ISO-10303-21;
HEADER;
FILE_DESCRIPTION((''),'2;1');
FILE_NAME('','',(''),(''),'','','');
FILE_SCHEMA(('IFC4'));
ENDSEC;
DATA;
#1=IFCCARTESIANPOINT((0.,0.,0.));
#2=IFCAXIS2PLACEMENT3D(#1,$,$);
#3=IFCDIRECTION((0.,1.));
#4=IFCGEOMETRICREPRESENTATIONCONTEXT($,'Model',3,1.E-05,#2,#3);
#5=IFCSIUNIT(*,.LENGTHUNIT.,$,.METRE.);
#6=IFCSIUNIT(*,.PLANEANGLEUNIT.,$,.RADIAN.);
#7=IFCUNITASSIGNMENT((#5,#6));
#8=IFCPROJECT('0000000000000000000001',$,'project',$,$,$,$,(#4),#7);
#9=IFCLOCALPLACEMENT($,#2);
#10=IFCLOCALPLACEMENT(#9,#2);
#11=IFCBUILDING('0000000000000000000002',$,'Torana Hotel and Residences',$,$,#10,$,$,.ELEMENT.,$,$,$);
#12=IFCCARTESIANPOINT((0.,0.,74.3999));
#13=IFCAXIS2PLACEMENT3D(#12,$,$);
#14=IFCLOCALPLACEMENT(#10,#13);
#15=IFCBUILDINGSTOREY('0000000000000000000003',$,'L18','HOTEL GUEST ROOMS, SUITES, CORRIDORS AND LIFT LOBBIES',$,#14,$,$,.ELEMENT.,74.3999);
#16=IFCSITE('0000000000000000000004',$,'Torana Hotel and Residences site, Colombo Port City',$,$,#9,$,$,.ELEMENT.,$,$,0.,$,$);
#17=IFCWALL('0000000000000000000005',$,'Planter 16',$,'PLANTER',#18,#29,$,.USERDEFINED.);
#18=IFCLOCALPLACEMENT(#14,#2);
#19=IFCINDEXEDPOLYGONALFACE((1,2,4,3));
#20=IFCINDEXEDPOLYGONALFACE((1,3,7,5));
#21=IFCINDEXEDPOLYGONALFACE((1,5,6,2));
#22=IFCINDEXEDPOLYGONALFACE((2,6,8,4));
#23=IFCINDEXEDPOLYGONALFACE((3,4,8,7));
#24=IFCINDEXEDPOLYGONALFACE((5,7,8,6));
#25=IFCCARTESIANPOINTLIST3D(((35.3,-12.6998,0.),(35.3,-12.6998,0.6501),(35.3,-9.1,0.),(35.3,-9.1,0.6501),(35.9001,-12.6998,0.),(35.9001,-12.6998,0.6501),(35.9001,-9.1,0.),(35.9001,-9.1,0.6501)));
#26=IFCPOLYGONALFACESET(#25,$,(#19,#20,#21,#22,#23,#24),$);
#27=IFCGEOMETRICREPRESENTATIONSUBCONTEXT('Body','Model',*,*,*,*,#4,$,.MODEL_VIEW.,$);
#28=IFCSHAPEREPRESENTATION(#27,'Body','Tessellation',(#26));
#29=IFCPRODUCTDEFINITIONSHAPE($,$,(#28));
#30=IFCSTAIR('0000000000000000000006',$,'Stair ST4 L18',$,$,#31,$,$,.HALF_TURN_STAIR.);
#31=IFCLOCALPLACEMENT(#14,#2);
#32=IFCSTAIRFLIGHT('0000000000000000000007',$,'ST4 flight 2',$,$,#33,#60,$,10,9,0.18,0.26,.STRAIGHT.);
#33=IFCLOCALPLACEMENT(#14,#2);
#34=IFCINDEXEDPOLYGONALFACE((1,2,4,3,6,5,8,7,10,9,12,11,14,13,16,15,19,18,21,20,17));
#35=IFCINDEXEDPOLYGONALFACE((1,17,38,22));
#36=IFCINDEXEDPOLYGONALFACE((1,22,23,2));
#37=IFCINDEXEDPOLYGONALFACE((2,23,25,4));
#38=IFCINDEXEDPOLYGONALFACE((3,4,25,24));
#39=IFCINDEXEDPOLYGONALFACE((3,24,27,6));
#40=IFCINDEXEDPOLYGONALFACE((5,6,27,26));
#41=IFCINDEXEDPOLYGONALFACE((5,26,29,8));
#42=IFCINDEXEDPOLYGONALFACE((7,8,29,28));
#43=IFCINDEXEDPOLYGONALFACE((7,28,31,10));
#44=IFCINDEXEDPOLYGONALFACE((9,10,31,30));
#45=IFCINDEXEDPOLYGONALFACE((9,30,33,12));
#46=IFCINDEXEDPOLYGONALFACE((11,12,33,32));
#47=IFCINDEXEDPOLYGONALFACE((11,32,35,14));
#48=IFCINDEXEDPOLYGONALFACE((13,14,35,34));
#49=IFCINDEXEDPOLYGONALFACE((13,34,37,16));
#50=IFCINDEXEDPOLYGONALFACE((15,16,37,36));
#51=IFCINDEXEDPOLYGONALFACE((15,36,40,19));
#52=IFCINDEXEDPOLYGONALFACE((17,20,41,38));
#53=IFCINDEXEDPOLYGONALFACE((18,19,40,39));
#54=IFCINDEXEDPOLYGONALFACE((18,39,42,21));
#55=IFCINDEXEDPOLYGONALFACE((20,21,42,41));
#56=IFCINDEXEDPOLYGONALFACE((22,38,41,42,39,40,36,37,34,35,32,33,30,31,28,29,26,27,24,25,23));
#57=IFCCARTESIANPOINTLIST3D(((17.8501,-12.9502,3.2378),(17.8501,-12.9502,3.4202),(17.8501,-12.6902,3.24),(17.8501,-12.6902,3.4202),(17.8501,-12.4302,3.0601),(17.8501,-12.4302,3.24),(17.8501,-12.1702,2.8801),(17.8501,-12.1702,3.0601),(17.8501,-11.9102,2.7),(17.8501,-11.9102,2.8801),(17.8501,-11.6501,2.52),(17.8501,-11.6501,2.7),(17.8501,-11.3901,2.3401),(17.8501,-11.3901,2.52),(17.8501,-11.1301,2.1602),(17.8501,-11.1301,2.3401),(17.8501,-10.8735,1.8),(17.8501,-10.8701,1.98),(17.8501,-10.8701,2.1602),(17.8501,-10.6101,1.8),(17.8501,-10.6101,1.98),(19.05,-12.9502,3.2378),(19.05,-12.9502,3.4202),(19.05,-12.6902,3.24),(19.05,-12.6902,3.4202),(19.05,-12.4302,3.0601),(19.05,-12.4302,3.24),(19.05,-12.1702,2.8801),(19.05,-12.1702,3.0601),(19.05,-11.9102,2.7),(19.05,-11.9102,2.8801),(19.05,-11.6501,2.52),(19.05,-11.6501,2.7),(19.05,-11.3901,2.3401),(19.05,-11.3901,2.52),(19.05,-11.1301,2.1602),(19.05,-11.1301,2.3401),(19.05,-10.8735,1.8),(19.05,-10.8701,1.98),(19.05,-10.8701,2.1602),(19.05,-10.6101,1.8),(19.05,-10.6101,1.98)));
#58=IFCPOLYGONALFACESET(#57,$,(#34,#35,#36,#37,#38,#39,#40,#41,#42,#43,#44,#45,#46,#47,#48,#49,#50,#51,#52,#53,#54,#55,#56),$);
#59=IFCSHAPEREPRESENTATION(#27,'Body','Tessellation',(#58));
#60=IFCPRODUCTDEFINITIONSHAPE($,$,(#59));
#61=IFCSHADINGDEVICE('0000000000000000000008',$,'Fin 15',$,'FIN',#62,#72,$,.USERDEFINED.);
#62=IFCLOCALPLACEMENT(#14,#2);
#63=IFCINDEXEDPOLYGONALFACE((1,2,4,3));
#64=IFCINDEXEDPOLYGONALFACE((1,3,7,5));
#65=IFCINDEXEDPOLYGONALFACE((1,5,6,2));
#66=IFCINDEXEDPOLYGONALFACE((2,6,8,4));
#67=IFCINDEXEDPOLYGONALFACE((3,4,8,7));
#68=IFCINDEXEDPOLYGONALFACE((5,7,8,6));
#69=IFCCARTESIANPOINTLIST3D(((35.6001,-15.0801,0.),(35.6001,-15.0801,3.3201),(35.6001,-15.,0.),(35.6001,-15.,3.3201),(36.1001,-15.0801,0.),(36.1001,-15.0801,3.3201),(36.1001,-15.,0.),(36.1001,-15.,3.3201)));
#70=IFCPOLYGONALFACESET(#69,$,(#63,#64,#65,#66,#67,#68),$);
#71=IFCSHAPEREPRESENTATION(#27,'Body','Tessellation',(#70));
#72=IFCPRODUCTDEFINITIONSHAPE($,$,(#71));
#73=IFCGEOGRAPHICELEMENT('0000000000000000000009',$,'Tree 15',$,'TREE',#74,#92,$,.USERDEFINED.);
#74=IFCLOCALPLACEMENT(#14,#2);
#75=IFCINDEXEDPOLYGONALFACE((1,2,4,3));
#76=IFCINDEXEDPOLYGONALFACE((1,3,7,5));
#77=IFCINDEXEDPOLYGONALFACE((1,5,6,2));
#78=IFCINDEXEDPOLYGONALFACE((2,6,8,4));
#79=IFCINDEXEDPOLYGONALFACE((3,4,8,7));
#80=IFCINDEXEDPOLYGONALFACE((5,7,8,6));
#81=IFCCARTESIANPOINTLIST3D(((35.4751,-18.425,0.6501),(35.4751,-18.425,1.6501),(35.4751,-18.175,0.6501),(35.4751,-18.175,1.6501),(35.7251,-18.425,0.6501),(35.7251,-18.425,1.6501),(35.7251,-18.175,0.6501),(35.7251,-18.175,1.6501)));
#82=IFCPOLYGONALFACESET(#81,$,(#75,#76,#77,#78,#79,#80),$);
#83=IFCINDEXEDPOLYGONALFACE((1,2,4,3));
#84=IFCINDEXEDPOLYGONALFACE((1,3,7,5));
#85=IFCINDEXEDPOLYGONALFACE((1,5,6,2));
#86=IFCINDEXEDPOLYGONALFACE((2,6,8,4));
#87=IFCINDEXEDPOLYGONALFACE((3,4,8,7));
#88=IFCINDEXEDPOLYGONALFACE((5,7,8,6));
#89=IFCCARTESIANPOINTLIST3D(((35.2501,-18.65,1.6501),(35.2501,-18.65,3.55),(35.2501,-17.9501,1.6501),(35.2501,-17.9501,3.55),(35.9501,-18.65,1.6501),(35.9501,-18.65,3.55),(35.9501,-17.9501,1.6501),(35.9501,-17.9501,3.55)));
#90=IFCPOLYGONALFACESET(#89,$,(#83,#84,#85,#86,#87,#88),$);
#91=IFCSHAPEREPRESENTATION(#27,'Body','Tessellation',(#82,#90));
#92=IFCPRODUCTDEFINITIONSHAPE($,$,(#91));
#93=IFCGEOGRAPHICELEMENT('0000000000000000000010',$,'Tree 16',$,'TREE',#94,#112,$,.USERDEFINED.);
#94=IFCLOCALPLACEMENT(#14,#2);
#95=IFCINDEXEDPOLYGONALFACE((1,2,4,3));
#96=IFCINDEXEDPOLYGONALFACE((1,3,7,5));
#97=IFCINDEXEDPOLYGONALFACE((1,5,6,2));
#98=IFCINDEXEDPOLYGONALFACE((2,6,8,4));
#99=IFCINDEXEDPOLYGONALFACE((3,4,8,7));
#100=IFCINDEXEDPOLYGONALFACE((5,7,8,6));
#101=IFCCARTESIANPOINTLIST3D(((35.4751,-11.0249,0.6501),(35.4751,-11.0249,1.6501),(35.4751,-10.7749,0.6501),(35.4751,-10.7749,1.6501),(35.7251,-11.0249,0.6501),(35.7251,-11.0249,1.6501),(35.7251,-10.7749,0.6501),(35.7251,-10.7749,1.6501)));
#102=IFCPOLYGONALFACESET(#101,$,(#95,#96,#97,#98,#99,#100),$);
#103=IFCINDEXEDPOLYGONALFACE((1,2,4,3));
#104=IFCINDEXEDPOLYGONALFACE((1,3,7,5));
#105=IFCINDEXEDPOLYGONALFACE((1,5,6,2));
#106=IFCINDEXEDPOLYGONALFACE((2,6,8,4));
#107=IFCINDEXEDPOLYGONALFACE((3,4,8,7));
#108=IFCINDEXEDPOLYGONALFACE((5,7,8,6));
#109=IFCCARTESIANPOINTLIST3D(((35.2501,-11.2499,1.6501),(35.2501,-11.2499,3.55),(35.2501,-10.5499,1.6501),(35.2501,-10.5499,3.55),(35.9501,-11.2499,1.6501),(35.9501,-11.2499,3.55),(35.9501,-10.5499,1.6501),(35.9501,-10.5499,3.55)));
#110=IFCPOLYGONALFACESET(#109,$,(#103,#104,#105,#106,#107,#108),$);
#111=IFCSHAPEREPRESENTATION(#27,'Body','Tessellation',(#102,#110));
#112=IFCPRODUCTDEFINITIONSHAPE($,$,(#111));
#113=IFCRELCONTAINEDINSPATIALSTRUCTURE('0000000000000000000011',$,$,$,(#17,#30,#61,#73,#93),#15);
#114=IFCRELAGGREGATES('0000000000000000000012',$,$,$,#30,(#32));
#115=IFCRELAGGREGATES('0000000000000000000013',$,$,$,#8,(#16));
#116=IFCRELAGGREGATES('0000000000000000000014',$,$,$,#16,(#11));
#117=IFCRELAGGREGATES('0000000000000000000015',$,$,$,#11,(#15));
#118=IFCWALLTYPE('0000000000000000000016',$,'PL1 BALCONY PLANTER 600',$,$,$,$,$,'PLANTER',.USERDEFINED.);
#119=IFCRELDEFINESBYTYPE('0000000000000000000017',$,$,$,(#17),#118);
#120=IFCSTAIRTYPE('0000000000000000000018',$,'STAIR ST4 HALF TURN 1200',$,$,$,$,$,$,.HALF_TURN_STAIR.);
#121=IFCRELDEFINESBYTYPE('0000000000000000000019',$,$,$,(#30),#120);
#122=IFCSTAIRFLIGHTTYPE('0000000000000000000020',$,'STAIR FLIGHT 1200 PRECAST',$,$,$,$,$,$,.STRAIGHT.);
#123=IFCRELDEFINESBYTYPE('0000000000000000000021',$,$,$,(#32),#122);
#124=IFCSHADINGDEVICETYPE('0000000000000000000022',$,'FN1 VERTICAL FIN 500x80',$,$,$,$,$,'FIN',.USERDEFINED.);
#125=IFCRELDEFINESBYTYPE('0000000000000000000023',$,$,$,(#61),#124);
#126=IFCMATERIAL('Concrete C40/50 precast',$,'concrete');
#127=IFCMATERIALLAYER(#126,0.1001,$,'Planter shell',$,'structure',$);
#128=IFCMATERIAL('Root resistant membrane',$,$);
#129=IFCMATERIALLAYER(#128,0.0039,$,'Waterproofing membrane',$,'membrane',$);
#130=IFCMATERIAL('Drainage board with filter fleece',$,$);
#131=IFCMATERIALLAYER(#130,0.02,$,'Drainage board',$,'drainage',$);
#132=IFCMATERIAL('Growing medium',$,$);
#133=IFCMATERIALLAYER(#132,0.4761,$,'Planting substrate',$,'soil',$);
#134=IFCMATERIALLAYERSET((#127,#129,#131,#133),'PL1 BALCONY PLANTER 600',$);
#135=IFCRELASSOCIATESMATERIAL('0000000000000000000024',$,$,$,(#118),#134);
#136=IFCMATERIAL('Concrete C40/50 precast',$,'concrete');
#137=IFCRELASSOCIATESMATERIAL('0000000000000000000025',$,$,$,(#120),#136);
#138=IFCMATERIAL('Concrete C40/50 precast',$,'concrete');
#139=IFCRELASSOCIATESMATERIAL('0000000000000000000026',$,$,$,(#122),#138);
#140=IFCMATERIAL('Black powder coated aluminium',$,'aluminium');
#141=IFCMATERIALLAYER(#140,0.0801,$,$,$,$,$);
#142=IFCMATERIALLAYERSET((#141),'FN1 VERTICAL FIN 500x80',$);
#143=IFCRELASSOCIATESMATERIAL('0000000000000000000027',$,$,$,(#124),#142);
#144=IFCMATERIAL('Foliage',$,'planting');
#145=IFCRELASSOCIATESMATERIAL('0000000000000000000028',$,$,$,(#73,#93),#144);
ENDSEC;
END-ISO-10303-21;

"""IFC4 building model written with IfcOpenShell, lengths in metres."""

from ifc_helpers import new_model, si_unit, direction, frame, frame_2d, origin, origin_2d, place, context, subcontext, project, spatial, polyline, rectangle, outline, extrude, material, layer, layer_set, type_object, element, aggregate, save


model = new_model("IFC4")

# Units and contexts
model_context = context("Model", 3, precision=1e-05, world=origin(), true_north=direction((0.0, 1.0)))
body_context = subcontext(model_context, "Body", "Model", "MODEL_VIEW")
ifc_project = project(units=[si_unit("LENGTHUNIT", "METRE"), si_unit("PLANEANGLEUNIT", "RADIAN")], contexts=[model_context])

# Site, building, storey
site_placement = place(None, origin())
site = spatial("IfcSite", under=ifc_project, at=site_placement, Name="Torana Hotel and Residences site, Colombo Port City", CompositionType="ELEMENT", RefElevation=0.0)
building_placement = place(site_placement, origin())
building = spatial("IfcBuilding", under=site, at=building_placement, Name="Torana Hotel and Residences", CompositionType="ELEMENT")
storey_placement = place(building_placement, frame((0.0, 0.0, 74.3999)))
storey = spatial("IfcBuildingStorey", under=building, at=storey_placement, Name="L18", Description="HOTEL GUEST ROOMS, SUITES, CORRIDORS AND LIFT LOBBIES", CompositionType="ELEMENT", Elevation=74.3999)

# Wall
ifc_material_1 = material(Name="Concrete C40/50 precast", Category="concrete")
ifc_layer_1 = layer(ifc_material_1, 0.1001, Name="Planter shell", Category="structure")
ifc_material_2 = material(Name="Root resistant membrane")
ifc_layer_2 = layer(ifc_material_2, 0.0039, Name="Waterproofing membrane", Category="membrane")
ifc_material_3 = material(Name="Drainage board with filter fleece")
ifc_layer_3 = layer(ifc_material_3, 0.02, Name="Drainage board", Category="drainage")
ifc_material_4 = material(Name="Growing medium")
ifc_layer_4 = layer(ifc_material_4, 0.4761, Name="Planting substrate", Category="soil")
ifc_layer_set_1 = layer_set([ifc_layer_1, ifc_layer_2, ifc_layer_3, ifc_layer_4], Name="PL1 BALCONY PLANTER 600")
wall_type_1 = type_object("IfcWallType", Name="PL1 BALCONY PLANTER 600", ElementType="PLANTER", PredefinedType="USERDEFINED", material=ifc_layer_set_1)
wall_1_placement = place(storey_placement, frame((35.6001, -9.1001, 0.0), z_axis=(0.0, 0.0, 1.0), x_axis=(0.0, -1.0, 0.0)))
element("IfcWall", 1, at=wall_1_placement, inside=storey, type_object=wall_type_1, Name="Planter 16", ObjectType="PLANTER", PredefinedType="USERDEFINED", context=body_context, shape_type="SweptSolid", body=[
    extrude(rectangle(XDim=3.5999, YDim=0.6001, at=frame_2d((1.7998, 0.0))), origin(), (0.0, 0.0, 1.0), 0.6501),
])

# Stair, stair flight
ifc_material_5 = material(Name="Concrete C40/50 precast", Category="concrete")
stair_type = type_object("IfcStairType", Name="STAIR ST4 HALF TURN 1200", PredefinedType="HALF_TURN_STAIR", material=ifc_material_5)
stair_placement = place(storey_placement, origin())
stair = element("IfcStair", 2, at=stair_placement, inside=storey, type_object=stair_type, Name="Stair ST4 L18", PredefinedType="HALF_TURN_STAIR")
ifc_material_6 = material(Name="Concrete C40/50 precast", Category="concrete")
stair_flight_type = type_object("IfcStairFlightType", Name="STAIR FLIGHT 1200 PRECAST", PredefinedType="STRAIGHT", material=ifc_material_6)
stair_flight_placement = place(storey_placement, frame((18.45, -10.6101, 1.8), z_axis=(0.0, 0.0, 1.0), x_axis=(0.0, -1.0, 0.0)))
stair_flight = element("IfcStairFlight", 3, at=stair_flight_placement, type_object=stair_flight_type, Name="ST4 flight 2", NumberOfRisers=10, NumberOfTreads=9, PredefinedType="STRAIGHT", RiserHeight=0.18, TreadLength=0.26, context=body_context, shape_type="SweptSolid", body=[
    extrude(outline(polyline([(0.0, 0.0), (0.0, 0.1799), (0.26, 0.1799), (0.26, 0.3601), (0.52, 0.3601), (0.52, 0.54), (0.78, 0.54), (0.78, 0.72), (1.04, 0.72), (1.04, 0.8999), (1.3, 0.8999), (1.3, 1.0801), (1.5601, 1.0801), (1.5601, 1.26), (1.8201, 1.26), (1.8201, 1.4399), (2.0801, 1.4399), (2.0801, 1.6201), (2.3401, 1.6201), (2.3401, 1.8), (2.3401, 1.4377), (0.2634, 0.0), (0.0, 0.0)])), frame((0.0, 0.6001, 0.0), z_axis=(0.0, -1.0, 0.0), x_axis=(1.0, 0.0, 0.0)), (0.0, 0.0, 1.0), 1.2),
])
aggregate(stair, [stair_flight])

# Shading device
ifc_material_7 = material(Name="Black powder coated aluminium", Category="aluminium")
ifc_layer_5 = layer(ifc_material_7, 0.0801)
ifc_layer_set_2 = layer_set([ifc_layer_5], Name="FN1 VERTICAL FIN 500x80")
shading_device_type = type_object("IfcShadingDeviceType", Name="FN1 VERTICAL FIN 500x80", ElementType="FIN", PredefinedType="USERDEFINED", material=ifc_layer_set_2)
shading_device_placement = place(storey_placement, frame((35.8501, -15.04, 0.0), z_axis=(0.0, 0.0, 1.0), x_axis=(0.0, -1.0, 0.0)))
element("IfcShadingDevice", 4, at=shading_device_placement, inside=storey, type_object=shading_device_type, Name="Fin 15", ObjectType="FIN", PredefinedType="USERDEFINED", context=body_context, shape_type="SweptSolid", body=[
    extrude(rectangle(XDim=0.0801, YDim=0.5, at=origin_2d()), origin(), (0.0, 0.0, 1.0), 3.3201),
])

# Geographic elements
ifc_material_8 = material(Name="Foliage", Category="planting")
for number, where, z_axis, x_axis, name in (
    (5, (35.6001, -18.3, 0.6501), (0.0, 0.0, 1.0), (1.0, 0.0, 0.0), "Tree 15"),
    (6, (35.6001, -10.8999, 0.6501), (0.0, 0.0, 1.0), (1.0, 0.0, 0.0), "Tree 16"),
):
    element("IfcGeographicElement", number, at=place(storey_placement, frame(where, z_axis=z_axis, x_axis=x_axis)), inside=storey, material=ifc_material_8, Name=name, ObjectType="TREE", PredefinedType="USERDEFINED", context=body_context, shape_type="SweptSolid", body=[
        extrude(rectangle(XDim=0.25, YDim=0.25, at=origin_2d()), origin(), (0.0, 0.0, 1.0), 1.0),
        extrude(rectangle(XDim=0.7, YDim=0.7, at=origin_2d()), frame((0.0, 0.0, 1.0)), (0.0, 0.0, 1.0), 1.8999),
    ])

save(model, "model.ifc")
